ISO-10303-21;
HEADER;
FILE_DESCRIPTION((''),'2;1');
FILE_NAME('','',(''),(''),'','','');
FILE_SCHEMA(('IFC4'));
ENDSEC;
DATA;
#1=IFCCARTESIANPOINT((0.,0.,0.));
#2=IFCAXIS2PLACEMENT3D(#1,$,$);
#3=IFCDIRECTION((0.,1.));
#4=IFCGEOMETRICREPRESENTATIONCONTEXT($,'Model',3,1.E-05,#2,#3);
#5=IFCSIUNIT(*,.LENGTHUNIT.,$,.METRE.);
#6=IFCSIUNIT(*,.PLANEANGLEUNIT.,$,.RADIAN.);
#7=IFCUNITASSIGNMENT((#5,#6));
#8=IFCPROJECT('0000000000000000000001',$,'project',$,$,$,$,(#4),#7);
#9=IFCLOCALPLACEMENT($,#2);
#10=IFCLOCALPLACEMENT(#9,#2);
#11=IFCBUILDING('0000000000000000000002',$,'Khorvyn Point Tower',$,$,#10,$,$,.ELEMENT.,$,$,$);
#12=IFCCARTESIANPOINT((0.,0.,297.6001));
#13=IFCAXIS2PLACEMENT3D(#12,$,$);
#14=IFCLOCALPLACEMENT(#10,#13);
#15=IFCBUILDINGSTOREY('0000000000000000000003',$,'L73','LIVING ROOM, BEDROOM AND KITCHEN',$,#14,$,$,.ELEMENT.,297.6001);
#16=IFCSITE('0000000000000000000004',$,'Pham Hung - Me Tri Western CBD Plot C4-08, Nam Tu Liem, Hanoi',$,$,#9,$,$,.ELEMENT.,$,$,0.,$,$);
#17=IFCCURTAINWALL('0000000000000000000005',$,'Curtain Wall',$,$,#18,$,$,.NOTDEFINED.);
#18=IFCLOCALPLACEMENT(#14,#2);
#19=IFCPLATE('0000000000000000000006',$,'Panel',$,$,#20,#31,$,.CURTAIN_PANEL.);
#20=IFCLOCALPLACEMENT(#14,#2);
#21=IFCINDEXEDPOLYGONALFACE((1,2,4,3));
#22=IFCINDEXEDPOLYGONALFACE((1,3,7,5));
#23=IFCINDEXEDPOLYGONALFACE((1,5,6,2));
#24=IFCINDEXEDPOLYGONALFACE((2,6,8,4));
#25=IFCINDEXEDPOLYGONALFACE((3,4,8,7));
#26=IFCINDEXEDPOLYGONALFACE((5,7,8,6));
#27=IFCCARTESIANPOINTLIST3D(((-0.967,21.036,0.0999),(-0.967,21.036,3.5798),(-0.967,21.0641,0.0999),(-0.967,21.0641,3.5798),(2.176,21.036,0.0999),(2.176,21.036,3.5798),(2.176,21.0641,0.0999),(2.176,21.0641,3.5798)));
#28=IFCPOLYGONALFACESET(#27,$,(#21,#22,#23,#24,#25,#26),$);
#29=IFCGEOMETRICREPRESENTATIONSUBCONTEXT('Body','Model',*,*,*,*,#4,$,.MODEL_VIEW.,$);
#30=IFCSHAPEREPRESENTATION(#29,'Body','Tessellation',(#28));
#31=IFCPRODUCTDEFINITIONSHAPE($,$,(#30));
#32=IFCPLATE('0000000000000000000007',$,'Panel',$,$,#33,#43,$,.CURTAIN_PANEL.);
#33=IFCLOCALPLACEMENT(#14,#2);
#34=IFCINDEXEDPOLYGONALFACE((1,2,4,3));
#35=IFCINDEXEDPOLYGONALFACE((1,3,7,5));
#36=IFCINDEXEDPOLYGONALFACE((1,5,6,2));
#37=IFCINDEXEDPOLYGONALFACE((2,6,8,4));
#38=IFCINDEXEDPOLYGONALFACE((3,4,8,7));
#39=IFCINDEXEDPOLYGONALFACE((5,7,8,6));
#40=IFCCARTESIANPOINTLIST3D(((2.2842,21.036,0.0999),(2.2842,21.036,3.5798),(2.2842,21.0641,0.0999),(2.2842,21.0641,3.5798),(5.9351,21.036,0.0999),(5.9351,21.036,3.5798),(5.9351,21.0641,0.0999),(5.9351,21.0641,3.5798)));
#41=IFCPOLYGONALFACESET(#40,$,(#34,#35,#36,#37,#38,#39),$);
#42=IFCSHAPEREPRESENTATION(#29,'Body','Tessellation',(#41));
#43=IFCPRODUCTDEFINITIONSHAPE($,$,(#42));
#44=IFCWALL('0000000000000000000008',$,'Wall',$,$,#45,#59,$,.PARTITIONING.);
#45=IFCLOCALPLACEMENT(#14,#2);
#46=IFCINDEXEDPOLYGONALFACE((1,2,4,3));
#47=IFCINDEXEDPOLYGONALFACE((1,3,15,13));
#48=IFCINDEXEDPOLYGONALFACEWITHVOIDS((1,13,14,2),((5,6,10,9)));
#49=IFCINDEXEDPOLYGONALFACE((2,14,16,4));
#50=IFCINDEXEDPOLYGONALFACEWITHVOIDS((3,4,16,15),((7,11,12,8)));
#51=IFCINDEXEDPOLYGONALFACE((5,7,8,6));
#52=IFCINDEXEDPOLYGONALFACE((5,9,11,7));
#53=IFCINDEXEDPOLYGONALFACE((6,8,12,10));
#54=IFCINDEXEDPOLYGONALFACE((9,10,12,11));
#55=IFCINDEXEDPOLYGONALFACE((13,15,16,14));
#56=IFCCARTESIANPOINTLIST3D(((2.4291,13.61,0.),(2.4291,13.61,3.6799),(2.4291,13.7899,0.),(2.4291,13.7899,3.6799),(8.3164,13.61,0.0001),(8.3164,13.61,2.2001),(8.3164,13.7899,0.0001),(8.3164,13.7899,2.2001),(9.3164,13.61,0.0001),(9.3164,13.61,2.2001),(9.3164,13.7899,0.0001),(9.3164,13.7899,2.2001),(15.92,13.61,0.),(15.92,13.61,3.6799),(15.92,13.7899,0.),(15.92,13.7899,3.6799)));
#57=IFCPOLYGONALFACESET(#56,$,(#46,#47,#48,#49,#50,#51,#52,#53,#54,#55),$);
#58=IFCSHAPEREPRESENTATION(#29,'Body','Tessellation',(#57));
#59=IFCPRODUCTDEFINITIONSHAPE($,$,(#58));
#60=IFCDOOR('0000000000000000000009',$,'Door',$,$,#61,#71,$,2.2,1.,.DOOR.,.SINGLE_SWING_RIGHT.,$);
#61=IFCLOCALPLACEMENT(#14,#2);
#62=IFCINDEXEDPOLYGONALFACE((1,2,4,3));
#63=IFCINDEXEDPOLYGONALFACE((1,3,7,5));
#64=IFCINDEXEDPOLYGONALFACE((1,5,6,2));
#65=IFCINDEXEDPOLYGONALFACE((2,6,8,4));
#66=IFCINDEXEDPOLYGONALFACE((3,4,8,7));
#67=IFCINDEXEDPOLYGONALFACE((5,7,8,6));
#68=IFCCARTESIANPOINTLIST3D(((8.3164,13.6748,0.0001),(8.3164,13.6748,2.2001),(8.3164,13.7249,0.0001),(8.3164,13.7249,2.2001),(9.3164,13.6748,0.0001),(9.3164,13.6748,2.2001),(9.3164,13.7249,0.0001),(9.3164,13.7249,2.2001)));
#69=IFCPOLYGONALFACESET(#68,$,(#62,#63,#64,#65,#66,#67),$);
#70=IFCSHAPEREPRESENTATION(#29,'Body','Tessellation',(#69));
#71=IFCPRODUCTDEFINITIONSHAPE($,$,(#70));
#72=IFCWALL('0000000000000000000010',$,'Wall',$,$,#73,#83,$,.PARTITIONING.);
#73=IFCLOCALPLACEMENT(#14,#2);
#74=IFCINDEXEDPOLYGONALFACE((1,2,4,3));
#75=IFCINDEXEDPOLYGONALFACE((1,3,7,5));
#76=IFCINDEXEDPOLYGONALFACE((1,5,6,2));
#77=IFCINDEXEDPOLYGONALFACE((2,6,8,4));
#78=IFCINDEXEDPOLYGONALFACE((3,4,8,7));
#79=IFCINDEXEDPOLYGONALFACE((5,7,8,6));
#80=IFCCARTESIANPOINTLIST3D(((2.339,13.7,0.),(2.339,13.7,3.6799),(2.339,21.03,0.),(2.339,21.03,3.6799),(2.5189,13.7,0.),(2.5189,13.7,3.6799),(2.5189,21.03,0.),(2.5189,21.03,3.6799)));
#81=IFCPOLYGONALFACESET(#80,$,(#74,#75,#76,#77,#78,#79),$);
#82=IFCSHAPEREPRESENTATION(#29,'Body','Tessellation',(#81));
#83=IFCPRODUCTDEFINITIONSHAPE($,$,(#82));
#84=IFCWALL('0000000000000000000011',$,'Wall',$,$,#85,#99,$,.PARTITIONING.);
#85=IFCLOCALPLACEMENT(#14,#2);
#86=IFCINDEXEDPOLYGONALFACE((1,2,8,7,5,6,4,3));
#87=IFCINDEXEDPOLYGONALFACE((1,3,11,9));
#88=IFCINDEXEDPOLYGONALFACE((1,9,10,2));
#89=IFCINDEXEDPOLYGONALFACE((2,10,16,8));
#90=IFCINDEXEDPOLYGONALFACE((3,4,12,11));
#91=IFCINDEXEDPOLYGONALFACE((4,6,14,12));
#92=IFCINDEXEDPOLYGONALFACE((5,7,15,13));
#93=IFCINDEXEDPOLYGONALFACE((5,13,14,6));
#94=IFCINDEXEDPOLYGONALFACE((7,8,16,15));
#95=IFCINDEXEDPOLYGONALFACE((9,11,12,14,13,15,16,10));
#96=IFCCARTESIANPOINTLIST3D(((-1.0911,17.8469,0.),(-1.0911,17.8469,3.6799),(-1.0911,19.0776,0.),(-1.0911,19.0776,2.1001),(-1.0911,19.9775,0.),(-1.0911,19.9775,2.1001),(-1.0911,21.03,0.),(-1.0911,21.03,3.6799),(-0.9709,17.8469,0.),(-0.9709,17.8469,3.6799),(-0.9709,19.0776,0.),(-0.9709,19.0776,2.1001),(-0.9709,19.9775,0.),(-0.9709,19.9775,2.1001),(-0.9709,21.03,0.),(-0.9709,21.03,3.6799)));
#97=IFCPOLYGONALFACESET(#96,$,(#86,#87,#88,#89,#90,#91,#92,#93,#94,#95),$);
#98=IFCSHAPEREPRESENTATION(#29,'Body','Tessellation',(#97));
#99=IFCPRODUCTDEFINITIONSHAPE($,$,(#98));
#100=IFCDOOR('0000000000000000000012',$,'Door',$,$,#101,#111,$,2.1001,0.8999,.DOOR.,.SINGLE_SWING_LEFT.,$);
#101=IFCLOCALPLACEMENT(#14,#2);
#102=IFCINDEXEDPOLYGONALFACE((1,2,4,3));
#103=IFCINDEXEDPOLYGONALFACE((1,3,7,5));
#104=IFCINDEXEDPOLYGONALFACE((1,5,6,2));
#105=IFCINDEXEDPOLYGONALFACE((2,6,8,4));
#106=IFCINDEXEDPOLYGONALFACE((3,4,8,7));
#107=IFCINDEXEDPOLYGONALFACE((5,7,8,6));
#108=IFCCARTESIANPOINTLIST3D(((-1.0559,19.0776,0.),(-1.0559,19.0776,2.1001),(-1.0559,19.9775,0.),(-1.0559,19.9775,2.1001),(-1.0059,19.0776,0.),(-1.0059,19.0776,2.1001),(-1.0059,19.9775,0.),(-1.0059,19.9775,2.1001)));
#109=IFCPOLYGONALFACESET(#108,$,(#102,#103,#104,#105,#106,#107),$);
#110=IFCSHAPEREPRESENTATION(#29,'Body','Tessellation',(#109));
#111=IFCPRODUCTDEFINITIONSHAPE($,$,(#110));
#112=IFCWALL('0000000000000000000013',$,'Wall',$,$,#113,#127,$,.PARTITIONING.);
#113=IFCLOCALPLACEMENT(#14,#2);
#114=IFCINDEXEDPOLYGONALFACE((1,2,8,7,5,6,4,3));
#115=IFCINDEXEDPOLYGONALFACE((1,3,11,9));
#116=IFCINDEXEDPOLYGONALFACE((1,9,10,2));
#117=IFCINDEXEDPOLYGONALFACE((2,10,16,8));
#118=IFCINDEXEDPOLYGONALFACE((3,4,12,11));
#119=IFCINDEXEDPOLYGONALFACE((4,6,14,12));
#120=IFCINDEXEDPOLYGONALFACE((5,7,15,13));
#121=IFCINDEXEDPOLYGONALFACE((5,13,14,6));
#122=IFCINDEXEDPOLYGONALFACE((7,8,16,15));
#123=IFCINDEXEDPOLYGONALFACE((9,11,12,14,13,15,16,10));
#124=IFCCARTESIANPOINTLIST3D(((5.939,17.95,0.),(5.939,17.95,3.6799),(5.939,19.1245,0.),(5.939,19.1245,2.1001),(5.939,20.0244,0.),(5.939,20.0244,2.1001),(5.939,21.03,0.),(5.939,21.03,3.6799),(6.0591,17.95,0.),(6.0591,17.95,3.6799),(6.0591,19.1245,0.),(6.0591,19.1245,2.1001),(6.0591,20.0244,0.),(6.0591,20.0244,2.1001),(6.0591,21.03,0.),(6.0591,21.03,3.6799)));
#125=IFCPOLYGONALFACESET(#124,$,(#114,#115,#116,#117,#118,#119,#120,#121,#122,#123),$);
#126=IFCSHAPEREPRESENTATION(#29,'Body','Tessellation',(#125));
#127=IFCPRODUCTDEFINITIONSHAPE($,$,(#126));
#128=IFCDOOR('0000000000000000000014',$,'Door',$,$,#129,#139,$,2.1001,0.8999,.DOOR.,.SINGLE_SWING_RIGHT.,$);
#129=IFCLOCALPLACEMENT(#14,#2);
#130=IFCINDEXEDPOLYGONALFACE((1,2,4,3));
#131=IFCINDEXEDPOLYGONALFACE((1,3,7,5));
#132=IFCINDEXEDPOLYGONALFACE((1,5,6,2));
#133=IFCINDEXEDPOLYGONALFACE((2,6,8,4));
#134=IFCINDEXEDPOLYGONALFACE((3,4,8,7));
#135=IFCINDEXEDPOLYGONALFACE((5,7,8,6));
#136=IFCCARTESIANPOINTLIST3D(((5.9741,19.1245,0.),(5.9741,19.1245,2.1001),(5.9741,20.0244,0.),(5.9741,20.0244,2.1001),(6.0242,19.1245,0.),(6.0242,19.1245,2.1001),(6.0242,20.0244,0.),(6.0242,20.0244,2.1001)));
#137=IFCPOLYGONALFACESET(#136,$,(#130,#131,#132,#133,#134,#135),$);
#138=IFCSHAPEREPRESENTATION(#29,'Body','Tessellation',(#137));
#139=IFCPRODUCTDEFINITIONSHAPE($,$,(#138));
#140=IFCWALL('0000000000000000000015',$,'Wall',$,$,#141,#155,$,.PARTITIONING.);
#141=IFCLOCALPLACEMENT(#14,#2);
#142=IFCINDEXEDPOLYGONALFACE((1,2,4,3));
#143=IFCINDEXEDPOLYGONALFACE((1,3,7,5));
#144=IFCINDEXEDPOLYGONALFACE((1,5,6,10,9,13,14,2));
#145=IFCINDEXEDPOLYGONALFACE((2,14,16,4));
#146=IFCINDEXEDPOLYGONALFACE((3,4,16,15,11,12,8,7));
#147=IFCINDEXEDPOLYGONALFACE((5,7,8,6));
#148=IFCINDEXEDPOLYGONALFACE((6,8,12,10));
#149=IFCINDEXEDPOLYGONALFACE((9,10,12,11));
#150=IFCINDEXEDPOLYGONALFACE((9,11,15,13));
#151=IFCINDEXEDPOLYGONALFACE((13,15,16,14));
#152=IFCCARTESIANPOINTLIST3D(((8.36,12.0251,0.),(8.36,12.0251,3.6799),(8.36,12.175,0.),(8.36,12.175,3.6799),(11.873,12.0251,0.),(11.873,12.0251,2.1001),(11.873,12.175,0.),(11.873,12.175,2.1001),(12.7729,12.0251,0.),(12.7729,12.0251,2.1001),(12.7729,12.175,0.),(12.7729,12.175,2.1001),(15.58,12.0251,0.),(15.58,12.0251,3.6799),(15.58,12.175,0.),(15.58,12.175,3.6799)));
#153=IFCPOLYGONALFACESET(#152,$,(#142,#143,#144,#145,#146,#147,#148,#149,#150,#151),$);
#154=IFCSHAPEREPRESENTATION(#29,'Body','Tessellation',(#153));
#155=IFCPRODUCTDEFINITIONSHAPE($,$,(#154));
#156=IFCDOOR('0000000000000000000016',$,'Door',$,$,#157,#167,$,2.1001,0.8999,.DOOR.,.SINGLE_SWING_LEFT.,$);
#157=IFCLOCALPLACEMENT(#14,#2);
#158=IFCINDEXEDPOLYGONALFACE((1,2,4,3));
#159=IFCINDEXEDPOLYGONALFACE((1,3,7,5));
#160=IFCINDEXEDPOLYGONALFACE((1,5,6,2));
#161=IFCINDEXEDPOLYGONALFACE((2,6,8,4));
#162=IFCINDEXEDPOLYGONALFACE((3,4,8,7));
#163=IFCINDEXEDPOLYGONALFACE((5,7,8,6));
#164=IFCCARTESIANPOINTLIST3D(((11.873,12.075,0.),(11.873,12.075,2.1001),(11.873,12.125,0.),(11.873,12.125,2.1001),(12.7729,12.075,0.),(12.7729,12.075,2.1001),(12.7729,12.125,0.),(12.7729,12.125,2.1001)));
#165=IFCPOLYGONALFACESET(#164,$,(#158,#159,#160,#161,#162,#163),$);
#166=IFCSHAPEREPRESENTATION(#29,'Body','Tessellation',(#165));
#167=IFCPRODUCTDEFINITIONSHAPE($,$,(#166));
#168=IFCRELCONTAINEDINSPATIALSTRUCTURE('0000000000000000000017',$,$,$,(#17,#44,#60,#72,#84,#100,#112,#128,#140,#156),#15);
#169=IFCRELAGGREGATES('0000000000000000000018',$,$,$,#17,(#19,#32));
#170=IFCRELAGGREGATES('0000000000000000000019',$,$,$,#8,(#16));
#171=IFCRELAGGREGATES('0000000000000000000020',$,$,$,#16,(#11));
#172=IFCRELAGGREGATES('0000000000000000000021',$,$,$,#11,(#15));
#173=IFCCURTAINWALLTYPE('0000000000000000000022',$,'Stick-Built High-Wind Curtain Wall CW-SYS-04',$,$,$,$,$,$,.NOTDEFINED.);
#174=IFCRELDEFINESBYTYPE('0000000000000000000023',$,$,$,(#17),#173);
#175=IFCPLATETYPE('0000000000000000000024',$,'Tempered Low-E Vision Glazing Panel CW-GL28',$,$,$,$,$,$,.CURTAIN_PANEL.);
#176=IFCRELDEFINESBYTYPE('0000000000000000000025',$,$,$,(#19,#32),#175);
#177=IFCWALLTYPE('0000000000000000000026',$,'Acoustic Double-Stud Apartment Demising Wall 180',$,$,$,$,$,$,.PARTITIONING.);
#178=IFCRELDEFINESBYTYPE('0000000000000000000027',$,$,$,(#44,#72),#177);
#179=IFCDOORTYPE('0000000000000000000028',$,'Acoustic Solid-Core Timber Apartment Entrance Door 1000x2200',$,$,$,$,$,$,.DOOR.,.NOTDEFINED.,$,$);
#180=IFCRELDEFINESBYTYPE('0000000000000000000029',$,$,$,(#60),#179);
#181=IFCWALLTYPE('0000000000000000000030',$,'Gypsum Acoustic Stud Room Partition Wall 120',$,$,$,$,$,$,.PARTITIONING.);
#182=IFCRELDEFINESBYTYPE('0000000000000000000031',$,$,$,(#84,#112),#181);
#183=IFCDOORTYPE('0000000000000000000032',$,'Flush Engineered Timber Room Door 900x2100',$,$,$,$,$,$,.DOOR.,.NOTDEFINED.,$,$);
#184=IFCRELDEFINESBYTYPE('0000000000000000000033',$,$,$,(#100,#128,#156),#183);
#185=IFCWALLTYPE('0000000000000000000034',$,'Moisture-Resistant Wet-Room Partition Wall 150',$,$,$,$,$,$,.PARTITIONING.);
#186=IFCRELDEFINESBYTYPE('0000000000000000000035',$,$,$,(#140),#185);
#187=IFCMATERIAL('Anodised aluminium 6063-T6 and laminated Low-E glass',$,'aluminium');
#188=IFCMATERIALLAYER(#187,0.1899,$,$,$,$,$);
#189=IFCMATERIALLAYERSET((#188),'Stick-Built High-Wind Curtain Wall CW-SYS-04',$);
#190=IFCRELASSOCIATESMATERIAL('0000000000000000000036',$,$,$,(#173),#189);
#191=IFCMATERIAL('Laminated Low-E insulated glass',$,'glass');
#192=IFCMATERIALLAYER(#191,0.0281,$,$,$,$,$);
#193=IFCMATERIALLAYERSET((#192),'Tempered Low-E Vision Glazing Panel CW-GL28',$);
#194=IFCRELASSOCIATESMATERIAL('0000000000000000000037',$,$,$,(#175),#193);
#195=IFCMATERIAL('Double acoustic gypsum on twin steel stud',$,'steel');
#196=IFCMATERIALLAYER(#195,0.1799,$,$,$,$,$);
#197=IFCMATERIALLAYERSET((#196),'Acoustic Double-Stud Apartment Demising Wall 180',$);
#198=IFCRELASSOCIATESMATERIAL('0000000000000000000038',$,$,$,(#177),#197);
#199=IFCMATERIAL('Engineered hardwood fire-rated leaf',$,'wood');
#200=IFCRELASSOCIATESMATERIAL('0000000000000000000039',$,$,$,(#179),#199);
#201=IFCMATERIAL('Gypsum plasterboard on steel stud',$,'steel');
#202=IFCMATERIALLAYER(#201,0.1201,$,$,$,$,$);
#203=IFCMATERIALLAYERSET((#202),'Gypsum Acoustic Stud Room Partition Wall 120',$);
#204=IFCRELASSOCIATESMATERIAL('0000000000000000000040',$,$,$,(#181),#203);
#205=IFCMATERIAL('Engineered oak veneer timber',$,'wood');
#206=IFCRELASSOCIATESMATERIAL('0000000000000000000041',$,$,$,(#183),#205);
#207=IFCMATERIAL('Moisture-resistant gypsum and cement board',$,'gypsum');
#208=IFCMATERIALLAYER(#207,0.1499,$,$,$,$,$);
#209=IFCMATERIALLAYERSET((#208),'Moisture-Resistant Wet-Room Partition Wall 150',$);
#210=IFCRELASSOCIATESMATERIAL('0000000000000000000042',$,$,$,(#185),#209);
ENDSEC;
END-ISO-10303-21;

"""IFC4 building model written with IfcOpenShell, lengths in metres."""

from ifc_helpers import new_model, si_unit, direction, frame, frame_2d, origin, origin_2d, place, context, subcontext, project, spatial, rectangle, extrude, material, layer, layer_set, type_object, element, fill, aggregate, save


model = new_model("IFC4")

# Units and contexts
model_context = context("Model", 3, precision=1e-05, world=origin(), true_north=direction((0.0, 1.0)))
body_context = subcontext(model_context, "Body", "Model", "MODEL_VIEW")
ifc_project = project(units=[si_unit("LENGTHUNIT", "METRE"), si_unit("PLANEANGLEUNIT", "RADIAN")], contexts=[model_context])

# Site, building, storey
site_placement = place(None, origin())
site = spatial("IfcSite", under=ifc_project, at=site_placement, Name="Pham Hung - Me Tri Western CBD Plot C4-08, Nam Tu Liem, Hanoi", CompositionType="ELEMENT", RefElevation=0.0)
building_placement = place(site_placement, origin())
building = spatial("IfcBuilding", under=site, at=building_placement, Name="Khorvyn Point Tower", CompositionType="ELEMENT")
storey_placement = place(building_placement, frame((0.0, 0.0, 297.6001)))
storey = spatial("IfcBuildingStorey", under=building, at=storey_placement, Name="L73", Description="LIVING ROOM, BEDROOM AND KITCHEN", CompositionType="ELEMENT", Elevation=297.6001)

# Curtain wall
ifc_material_1 = material(Name="Anodised aluminium 6063-T6 and laminated Low-E glass", Category="aluminium")
ifc_layer_1 = layer(ifc_material_1, 0.1899)
ifc_layer_set_1 = layer_set([ifc_layer_1], Name="Stick-Built High-Wind Curtain Wall CW-SYS-04")
curtain_wall_type = type_object("IfcCurtainWallType", Name="Stick-Built High-Wind Curtain Wall CW-SYS-04", PredefinedType="NOTDEFINED", material=ifc_layer_set_1)
curtain_wall_placement = place(storey_placement, origin())
curtain_wall = element("IfcCurtainWall", 1, at=curtain_wall_placement, inside=storey, type_object=curtain_wall_type, Name="Curtain Wall", PredefinedType="NOTDEFINED")

# Plates
ifc_material_2 = material(Name="Laminated Low-E insulated glass", Category="glass")
ifc_layer_2 = layer(ifc_material_2, 0.0281)
ifc_layer_set_2 = layer_set([ifc_layer_2], Name="Tempered Low-E Vision Glazing Panel CW-GL28")
plate_type = type_object("IfcPlateType", Name="Tempered Low-E Vision Glazing Panel CW-GL28", PredefinedType="CURTAIN_PANEL", material=ifc_layer_set_2)
plate_1_placement = place(storey_placement, frame((0.6045, 21.05, 0.0999), z_axis=(0.0, 0.0, 1.0), x_axis=(1.0, 0.0, 0.0)))
plate_1 = element("IfcPlate", 2, at=plate_1_placement, type_object=plate_type, Name="Panel", PredefinedType="CURTAIN_PANEL", context=body_context, shape_type="SweptSolid", body=[
    extrude(rectangle(XDim=3.1431, YDim=0.0281, at=origin_2d()), origin(), (0.0, 0.0, 1.0), 3.48),
])
plate_2_placement = place(storey_placement, frame((4.1096, 21.05, 0.0999), z_axis=(0.0, 0.0, 1.0), x_axis=(1.0, 0.0, 0.0)))
plate_2 = element("IfcPlate", 3, at=plate_2_placement, type_object=plate_type, Name="Panel", PredefinedType="CURTAIN_PANEL", context=body_context, shape_type="SweptSolid", body=[
    extrude(rectangle(XDim=3.6509, YDim=0.0281, at=origin_2d()), origin(), (0.0, 0.0, 1.0), 3.48),
])
aggregate(curtain_wall, [plate_1, plate_2])

# Wall, opening, door
ifc_material_3 = material(Name="Double acoustic gypsum on twin steel stud", Category="steel")
ifc_layer_3 = layer(ifc_material_3, 0.1799)
ifc_layer_set_3 = layer_set([ifc_layer_3], Name="Acoustic Double-Stud Apartment Demising Wall 180")
wall_type_1 = type_object("IfcWallType", Name="Acoustic Double-Stud Apartment Demising Wall 180", PredefinedType="PARTITIONING", material=ifc_layer_set_3)
wall_1_placement = place(storey_placement, frame((2.429, 13.7, 0.0), z_axis=(0.0, 0.0, 1.0), x_axis=(1.0, 0.0, 0.0)))
wall_1 = element("IfcWall", 4, at=wall_1_placement, inside=storey, type_object=wall_type_1, Name="Wall", PredefinedType="PARTITIONING", context=body_context, shape_type="SweptSolid", body=[
    extrude(rectangle(XDim=13.491, YDim=0.1799, at=frame_2d((6.7456, 0.0))), origin(), (0.0, 0.0, 1.0), 3.6799),
])
opening_1_placement = place(wall_1_placement, frame((5.8875, 0.0, 0.0)))
opening_1 = element("IfcOpeningElement", 5, at=opening_1_placement, cuts=wall_1, PredefinedType="OPENING", context=body_context, shape_type="SweptSolid", body=[
    extrude(rectangle(XDim=1.0, YDim=2.2, at=frame_2d((0.5, 1.1001))), frame((0.0, 0.0999, 0.0), z_axis=(0.0, -1.0, 0.0), x_axis=(1.0, 0.0, 0.0)), (0.0, 0.0, 1.0), 0.2),
])
ifc_material_4 = material(Name="Engineered hardwood fire-rated leaf", Category="wood")
door_type_1 = type_object("IfcDoorType", Name="Acoustic Solid-Core Timber Apartment Entrance Door 1000x2200", OperationType="NOTDEFINED", PredefinedType="DOOR", material=ifc_material_4)
door_1_placement = place(opening_1_placement, origin())
door_1 = element("IfcDoor", 6, at=door_1_placement, inside=storey, type_object=door_type_1, Name="Door", OperationType="SINGLE_SWING_RIGHT", OverallHeight=2.2, OverallWidth=1.0, PredefinedType="DOOR", context=body_context, shape_type="SweptSolid", body=[
    extrude(rectangle(XDim=1.0, YDim=2.2, at=frame_2d((0.5, 1.1001))), frame((0.0, 0.0249, 0.0), z_axis=(0.0, -1.0, 0.0), x_axis=(1.0, 0.0, 0.0)), (0.0, 0.0, 1.0), 0.05),
])
fill(opening_1, door_1)

# Wall
wall_2_placement = place(storey_placement, frame((2.429, 13.7, 0.0), z_axis=(0.0, 0.0, 1.0), x_axis=(0.0, 1.0, 0.0)))
element("IfcWall", 7, at=wall_2_placement, inside=storey, type_object=wall_type_1, Name="Wall", PredefinedType="PARTITIONING", context=body_context, shape_type="SweptSolid", body=[
    extrude(rectangle(XDim=7.3301, YDim=0.1799, at=frame_2d((3.665, 0.0))), origin(), (0.0, 0.0, 1.0), 3.6799),
])

# Walls, openings, doors
ifc_material_5 = material(Name="Gypsum plasterboard on steel stud", Category="steel")
ifc_layer_4 = layer(ifc_material_5, 0.1201)
ifc_layer_set_4 = layer_set([ifc_layer_4], Name="Gypsum Acoustic Stud Room Partition Wall 120")
wall_type_2 = type_object("IfcWallType", Name="Gypsum Acoustic Stud Room Partition Wall 120", PredefinedType="PARTITIONING", material=ifc_layer_set_4)
wall_3_placement = place(storey_placement, frame((-1.031, 17.8469, 0.0), z_axis=(0.0, 0.0, 1.0), x_axis=(0.0, 1.0, 0.0)))
wall_3 = element("IfcWall", 8, at=wall_3_placement, inside=storey, type_object=wall_type_2, Name="Wall", PredefinedType="PARTITIONING", context=body_context, shape_type="SweptSolid", body=[
    extrude(rectangle(XDim=3.1831, YDim=0.1201, at=frame_2d((1.5916, 0.0))), origin(), (0.0, 0.0, 1.0), 3.6799),
])
opening_2_placement = place(wall_3_placement, frame((1.2307, 0.0, 0.0)))
opening_2 = element("IfcOpeningElement", 9, at=opening_2_placement, cuts=wall_3, PredefinedType="OPENING", context=body_context, shape_type="SweptSolid", body=[
    extrude(rectangle(XDim=0.8999, YDim=2.1001, at=frame_2d((0.45, 1.05))), frame((0.0, 0.0701, 0.0), z_axis=(0.0, -1.0, 0.0), x_axis=(1.0, 0.0, 0.0)), (0.0, 0.0, 1.0), 0.1401),
])
ifc_material_6 = material(Name="Engineered oak veneer timber", Category="wood")
door_type_2 = type_object("IfcDoorType", Name="Flush Engineered Timber Room Door 900x2100", OperationType="NOTDEFINED", PredefinedType="DOOR", material=ifc_material_6)
door_2_placement = place(opening_2_placement, origin())
door_2 = element("IfcDoor", 10, at=door_2_placement, inside=storey, type_object=door_type_2, Name="Door", OperationType="SINGLE_SWING_LEFT", OverallHeight=2.1001, OverallWidth=0.8999, PredefinedType="DOOR", context=body_context, shape_type="SweptSolid", body=[
    extrude(rectangle(XDim=0.8999, YDim=2.1001, at=frame_2d((0.45, 1.05))), frame((0.0, 0.0249, 0.0), z_axis=(0.0, -1.0, 0.0), x_axis=(1.0, 0.0, 0.0)), (0.0, 0.0, 1.0), 0.05),
])
fill(opening_2, door_2)
wall_4_placement = place(storey_placement, frame((5.999, 17.95, 0.0), z_axis=(0.0, 0.0, 1.0), x_axis=(0.0, 1.0, 0.0)))
wall_4 = element("IfcWall", 11, at=wall_4_placement, inside=storey, type_object=wall_type_2, Name="Wall", PredefinedType="PARTITIONING", context=body_context, shape_type="SweptSolid", body=[
    extrude(rectangle(XDim=3.0801, YDim=0.1201, at=frame_2d((1.54, 0.0))), origin(), (0.0, 0.0, 1.0), 3.6799),
])
opening_3_placement = place(wall_4_placement, frame((1.1746, 0.0, 0.0)))
opening_3 = element("IfcOpeningElement", 12, at=opening_3_placement, cuts=wall_4, PredefinedType="OPENING", context=body_context, shape_type="SweptSolid", body=[
    extrude(rectangle(XDim=0.8999, YDim=2.1001, at=frame_2d((0.45, 1.05))), frame((0.0, 0.0701, 0.0), z_axis=(0.0, -1.0, 0.0), x_axis=(1.0, 0.0, 0.0)), (0.0, 0.0, 1.0), 0.1401),
])
door_3_placement = place(opening_3_placement, origin())
door_3 = element("IfcDoor", 13, at=door_3_placement, inside=storey, type_object=door_type_2, Name="Door", OperationType="SINGLE_SWING_RIGHT", OverallHeight=2.1001, OverallWidth=0.8999, PredefinedType="DOOR", context=body_context, shape_type="SweptSolid", body=[
    extrude(rectangle(XDim=0.8999, YDim=2.1001, at=frame_2d((0.45, 1.05))), frame((0.0, 0.0249, 0.0), z_axis=(0.0, -1.0, 0.0), x_axis=(1.0, 0.0, 0.0)), (0.0, 0.0, 1.0), 0.05),
])
fill(opening_3, door_3)
ifc_material_7 = material(Name="Moisture-resistant gypsum and cement board", Category="gypsum")
ifc_layer_5 = layer(ifc_material_7, 0.1499)
ifc_layer_set_5 = layer_set([ifc_layer_5], Name="Moisture-Resistant Wet-Room Partition Wall 150")
wall_type_3 = type_object("IfcWallType", Name="Moisture-Resistant Wet-Room Partition Wall 150", PredefinedType="PARTITIONING", material=ifc_layer_set_5)
wall_5_placement = place(storey_placement, frame((8.3601, 12.1001, 0.0), z_axis=(0.0, 0.0, 1.0), x_axis=(1.0, 0.0, 0.0)))
wall_5 = element("IfcWall", 14, at=wall_5_placement, inside=storey, type_object=wall_type_3, Name="Wall", PredefinedType="PARTITIONING", context=body_context, shape_type="SweptSolid", body=[
    extrude(rectangle(XDim=7.22, YDim=0.1499, at=frame_2d((3.6099, 0.0))), origin(), (0.0, 0.0, 1.0), 3.6799),
])
opening_4_placement = place(wall_5_placement, frame((3.5129, 0.0, 0.0)))
opening_4 = element("IfcOpeningElement", 15, at=opening_4_placement, cuts=wall_5, PredefinedType="OPENING", context=body_context, shape_type="SweptSolid", body=[
    extrude(rectangle(XDim=0.8999, YDim=2.1001, at=frame_2d((0.45, 1.05))), frame((0.0, 0.085, 0.0), z_axis=(0.0, -1.0, 0.0), x_axis=(1.0, 0.0, 0.0)), (0.0, 0.0, 1.0), 0.1699),
])
door_4_placement = place(opening_4_placement, origin())
door_4 = element("IfcDoor", 16, at=door_4_placement, inside=storey, type_object=door_type_2, Name="Door", OperationType="SINGLE_SWING_LEFT", OverallHeight=2.1001, OverallWidth=0.8999, PredefinedType="DOOR", context=body_context, shape_type="SweptSolid", body=[
    extrude(rectangle(XDim=0.8999, YDim=2.1001, at=frame_2d((0.45, 1.05))), frame((0.0, 0.0249, 0.0), z_axis=(0.0, -1.0, 0.0), x_axis=(1.0, 0.0, 0.0)), (0.0, 0.0, 1.0), 0.05),
])
fill(opening_4, door_4)

save(model, "model.ifc")
